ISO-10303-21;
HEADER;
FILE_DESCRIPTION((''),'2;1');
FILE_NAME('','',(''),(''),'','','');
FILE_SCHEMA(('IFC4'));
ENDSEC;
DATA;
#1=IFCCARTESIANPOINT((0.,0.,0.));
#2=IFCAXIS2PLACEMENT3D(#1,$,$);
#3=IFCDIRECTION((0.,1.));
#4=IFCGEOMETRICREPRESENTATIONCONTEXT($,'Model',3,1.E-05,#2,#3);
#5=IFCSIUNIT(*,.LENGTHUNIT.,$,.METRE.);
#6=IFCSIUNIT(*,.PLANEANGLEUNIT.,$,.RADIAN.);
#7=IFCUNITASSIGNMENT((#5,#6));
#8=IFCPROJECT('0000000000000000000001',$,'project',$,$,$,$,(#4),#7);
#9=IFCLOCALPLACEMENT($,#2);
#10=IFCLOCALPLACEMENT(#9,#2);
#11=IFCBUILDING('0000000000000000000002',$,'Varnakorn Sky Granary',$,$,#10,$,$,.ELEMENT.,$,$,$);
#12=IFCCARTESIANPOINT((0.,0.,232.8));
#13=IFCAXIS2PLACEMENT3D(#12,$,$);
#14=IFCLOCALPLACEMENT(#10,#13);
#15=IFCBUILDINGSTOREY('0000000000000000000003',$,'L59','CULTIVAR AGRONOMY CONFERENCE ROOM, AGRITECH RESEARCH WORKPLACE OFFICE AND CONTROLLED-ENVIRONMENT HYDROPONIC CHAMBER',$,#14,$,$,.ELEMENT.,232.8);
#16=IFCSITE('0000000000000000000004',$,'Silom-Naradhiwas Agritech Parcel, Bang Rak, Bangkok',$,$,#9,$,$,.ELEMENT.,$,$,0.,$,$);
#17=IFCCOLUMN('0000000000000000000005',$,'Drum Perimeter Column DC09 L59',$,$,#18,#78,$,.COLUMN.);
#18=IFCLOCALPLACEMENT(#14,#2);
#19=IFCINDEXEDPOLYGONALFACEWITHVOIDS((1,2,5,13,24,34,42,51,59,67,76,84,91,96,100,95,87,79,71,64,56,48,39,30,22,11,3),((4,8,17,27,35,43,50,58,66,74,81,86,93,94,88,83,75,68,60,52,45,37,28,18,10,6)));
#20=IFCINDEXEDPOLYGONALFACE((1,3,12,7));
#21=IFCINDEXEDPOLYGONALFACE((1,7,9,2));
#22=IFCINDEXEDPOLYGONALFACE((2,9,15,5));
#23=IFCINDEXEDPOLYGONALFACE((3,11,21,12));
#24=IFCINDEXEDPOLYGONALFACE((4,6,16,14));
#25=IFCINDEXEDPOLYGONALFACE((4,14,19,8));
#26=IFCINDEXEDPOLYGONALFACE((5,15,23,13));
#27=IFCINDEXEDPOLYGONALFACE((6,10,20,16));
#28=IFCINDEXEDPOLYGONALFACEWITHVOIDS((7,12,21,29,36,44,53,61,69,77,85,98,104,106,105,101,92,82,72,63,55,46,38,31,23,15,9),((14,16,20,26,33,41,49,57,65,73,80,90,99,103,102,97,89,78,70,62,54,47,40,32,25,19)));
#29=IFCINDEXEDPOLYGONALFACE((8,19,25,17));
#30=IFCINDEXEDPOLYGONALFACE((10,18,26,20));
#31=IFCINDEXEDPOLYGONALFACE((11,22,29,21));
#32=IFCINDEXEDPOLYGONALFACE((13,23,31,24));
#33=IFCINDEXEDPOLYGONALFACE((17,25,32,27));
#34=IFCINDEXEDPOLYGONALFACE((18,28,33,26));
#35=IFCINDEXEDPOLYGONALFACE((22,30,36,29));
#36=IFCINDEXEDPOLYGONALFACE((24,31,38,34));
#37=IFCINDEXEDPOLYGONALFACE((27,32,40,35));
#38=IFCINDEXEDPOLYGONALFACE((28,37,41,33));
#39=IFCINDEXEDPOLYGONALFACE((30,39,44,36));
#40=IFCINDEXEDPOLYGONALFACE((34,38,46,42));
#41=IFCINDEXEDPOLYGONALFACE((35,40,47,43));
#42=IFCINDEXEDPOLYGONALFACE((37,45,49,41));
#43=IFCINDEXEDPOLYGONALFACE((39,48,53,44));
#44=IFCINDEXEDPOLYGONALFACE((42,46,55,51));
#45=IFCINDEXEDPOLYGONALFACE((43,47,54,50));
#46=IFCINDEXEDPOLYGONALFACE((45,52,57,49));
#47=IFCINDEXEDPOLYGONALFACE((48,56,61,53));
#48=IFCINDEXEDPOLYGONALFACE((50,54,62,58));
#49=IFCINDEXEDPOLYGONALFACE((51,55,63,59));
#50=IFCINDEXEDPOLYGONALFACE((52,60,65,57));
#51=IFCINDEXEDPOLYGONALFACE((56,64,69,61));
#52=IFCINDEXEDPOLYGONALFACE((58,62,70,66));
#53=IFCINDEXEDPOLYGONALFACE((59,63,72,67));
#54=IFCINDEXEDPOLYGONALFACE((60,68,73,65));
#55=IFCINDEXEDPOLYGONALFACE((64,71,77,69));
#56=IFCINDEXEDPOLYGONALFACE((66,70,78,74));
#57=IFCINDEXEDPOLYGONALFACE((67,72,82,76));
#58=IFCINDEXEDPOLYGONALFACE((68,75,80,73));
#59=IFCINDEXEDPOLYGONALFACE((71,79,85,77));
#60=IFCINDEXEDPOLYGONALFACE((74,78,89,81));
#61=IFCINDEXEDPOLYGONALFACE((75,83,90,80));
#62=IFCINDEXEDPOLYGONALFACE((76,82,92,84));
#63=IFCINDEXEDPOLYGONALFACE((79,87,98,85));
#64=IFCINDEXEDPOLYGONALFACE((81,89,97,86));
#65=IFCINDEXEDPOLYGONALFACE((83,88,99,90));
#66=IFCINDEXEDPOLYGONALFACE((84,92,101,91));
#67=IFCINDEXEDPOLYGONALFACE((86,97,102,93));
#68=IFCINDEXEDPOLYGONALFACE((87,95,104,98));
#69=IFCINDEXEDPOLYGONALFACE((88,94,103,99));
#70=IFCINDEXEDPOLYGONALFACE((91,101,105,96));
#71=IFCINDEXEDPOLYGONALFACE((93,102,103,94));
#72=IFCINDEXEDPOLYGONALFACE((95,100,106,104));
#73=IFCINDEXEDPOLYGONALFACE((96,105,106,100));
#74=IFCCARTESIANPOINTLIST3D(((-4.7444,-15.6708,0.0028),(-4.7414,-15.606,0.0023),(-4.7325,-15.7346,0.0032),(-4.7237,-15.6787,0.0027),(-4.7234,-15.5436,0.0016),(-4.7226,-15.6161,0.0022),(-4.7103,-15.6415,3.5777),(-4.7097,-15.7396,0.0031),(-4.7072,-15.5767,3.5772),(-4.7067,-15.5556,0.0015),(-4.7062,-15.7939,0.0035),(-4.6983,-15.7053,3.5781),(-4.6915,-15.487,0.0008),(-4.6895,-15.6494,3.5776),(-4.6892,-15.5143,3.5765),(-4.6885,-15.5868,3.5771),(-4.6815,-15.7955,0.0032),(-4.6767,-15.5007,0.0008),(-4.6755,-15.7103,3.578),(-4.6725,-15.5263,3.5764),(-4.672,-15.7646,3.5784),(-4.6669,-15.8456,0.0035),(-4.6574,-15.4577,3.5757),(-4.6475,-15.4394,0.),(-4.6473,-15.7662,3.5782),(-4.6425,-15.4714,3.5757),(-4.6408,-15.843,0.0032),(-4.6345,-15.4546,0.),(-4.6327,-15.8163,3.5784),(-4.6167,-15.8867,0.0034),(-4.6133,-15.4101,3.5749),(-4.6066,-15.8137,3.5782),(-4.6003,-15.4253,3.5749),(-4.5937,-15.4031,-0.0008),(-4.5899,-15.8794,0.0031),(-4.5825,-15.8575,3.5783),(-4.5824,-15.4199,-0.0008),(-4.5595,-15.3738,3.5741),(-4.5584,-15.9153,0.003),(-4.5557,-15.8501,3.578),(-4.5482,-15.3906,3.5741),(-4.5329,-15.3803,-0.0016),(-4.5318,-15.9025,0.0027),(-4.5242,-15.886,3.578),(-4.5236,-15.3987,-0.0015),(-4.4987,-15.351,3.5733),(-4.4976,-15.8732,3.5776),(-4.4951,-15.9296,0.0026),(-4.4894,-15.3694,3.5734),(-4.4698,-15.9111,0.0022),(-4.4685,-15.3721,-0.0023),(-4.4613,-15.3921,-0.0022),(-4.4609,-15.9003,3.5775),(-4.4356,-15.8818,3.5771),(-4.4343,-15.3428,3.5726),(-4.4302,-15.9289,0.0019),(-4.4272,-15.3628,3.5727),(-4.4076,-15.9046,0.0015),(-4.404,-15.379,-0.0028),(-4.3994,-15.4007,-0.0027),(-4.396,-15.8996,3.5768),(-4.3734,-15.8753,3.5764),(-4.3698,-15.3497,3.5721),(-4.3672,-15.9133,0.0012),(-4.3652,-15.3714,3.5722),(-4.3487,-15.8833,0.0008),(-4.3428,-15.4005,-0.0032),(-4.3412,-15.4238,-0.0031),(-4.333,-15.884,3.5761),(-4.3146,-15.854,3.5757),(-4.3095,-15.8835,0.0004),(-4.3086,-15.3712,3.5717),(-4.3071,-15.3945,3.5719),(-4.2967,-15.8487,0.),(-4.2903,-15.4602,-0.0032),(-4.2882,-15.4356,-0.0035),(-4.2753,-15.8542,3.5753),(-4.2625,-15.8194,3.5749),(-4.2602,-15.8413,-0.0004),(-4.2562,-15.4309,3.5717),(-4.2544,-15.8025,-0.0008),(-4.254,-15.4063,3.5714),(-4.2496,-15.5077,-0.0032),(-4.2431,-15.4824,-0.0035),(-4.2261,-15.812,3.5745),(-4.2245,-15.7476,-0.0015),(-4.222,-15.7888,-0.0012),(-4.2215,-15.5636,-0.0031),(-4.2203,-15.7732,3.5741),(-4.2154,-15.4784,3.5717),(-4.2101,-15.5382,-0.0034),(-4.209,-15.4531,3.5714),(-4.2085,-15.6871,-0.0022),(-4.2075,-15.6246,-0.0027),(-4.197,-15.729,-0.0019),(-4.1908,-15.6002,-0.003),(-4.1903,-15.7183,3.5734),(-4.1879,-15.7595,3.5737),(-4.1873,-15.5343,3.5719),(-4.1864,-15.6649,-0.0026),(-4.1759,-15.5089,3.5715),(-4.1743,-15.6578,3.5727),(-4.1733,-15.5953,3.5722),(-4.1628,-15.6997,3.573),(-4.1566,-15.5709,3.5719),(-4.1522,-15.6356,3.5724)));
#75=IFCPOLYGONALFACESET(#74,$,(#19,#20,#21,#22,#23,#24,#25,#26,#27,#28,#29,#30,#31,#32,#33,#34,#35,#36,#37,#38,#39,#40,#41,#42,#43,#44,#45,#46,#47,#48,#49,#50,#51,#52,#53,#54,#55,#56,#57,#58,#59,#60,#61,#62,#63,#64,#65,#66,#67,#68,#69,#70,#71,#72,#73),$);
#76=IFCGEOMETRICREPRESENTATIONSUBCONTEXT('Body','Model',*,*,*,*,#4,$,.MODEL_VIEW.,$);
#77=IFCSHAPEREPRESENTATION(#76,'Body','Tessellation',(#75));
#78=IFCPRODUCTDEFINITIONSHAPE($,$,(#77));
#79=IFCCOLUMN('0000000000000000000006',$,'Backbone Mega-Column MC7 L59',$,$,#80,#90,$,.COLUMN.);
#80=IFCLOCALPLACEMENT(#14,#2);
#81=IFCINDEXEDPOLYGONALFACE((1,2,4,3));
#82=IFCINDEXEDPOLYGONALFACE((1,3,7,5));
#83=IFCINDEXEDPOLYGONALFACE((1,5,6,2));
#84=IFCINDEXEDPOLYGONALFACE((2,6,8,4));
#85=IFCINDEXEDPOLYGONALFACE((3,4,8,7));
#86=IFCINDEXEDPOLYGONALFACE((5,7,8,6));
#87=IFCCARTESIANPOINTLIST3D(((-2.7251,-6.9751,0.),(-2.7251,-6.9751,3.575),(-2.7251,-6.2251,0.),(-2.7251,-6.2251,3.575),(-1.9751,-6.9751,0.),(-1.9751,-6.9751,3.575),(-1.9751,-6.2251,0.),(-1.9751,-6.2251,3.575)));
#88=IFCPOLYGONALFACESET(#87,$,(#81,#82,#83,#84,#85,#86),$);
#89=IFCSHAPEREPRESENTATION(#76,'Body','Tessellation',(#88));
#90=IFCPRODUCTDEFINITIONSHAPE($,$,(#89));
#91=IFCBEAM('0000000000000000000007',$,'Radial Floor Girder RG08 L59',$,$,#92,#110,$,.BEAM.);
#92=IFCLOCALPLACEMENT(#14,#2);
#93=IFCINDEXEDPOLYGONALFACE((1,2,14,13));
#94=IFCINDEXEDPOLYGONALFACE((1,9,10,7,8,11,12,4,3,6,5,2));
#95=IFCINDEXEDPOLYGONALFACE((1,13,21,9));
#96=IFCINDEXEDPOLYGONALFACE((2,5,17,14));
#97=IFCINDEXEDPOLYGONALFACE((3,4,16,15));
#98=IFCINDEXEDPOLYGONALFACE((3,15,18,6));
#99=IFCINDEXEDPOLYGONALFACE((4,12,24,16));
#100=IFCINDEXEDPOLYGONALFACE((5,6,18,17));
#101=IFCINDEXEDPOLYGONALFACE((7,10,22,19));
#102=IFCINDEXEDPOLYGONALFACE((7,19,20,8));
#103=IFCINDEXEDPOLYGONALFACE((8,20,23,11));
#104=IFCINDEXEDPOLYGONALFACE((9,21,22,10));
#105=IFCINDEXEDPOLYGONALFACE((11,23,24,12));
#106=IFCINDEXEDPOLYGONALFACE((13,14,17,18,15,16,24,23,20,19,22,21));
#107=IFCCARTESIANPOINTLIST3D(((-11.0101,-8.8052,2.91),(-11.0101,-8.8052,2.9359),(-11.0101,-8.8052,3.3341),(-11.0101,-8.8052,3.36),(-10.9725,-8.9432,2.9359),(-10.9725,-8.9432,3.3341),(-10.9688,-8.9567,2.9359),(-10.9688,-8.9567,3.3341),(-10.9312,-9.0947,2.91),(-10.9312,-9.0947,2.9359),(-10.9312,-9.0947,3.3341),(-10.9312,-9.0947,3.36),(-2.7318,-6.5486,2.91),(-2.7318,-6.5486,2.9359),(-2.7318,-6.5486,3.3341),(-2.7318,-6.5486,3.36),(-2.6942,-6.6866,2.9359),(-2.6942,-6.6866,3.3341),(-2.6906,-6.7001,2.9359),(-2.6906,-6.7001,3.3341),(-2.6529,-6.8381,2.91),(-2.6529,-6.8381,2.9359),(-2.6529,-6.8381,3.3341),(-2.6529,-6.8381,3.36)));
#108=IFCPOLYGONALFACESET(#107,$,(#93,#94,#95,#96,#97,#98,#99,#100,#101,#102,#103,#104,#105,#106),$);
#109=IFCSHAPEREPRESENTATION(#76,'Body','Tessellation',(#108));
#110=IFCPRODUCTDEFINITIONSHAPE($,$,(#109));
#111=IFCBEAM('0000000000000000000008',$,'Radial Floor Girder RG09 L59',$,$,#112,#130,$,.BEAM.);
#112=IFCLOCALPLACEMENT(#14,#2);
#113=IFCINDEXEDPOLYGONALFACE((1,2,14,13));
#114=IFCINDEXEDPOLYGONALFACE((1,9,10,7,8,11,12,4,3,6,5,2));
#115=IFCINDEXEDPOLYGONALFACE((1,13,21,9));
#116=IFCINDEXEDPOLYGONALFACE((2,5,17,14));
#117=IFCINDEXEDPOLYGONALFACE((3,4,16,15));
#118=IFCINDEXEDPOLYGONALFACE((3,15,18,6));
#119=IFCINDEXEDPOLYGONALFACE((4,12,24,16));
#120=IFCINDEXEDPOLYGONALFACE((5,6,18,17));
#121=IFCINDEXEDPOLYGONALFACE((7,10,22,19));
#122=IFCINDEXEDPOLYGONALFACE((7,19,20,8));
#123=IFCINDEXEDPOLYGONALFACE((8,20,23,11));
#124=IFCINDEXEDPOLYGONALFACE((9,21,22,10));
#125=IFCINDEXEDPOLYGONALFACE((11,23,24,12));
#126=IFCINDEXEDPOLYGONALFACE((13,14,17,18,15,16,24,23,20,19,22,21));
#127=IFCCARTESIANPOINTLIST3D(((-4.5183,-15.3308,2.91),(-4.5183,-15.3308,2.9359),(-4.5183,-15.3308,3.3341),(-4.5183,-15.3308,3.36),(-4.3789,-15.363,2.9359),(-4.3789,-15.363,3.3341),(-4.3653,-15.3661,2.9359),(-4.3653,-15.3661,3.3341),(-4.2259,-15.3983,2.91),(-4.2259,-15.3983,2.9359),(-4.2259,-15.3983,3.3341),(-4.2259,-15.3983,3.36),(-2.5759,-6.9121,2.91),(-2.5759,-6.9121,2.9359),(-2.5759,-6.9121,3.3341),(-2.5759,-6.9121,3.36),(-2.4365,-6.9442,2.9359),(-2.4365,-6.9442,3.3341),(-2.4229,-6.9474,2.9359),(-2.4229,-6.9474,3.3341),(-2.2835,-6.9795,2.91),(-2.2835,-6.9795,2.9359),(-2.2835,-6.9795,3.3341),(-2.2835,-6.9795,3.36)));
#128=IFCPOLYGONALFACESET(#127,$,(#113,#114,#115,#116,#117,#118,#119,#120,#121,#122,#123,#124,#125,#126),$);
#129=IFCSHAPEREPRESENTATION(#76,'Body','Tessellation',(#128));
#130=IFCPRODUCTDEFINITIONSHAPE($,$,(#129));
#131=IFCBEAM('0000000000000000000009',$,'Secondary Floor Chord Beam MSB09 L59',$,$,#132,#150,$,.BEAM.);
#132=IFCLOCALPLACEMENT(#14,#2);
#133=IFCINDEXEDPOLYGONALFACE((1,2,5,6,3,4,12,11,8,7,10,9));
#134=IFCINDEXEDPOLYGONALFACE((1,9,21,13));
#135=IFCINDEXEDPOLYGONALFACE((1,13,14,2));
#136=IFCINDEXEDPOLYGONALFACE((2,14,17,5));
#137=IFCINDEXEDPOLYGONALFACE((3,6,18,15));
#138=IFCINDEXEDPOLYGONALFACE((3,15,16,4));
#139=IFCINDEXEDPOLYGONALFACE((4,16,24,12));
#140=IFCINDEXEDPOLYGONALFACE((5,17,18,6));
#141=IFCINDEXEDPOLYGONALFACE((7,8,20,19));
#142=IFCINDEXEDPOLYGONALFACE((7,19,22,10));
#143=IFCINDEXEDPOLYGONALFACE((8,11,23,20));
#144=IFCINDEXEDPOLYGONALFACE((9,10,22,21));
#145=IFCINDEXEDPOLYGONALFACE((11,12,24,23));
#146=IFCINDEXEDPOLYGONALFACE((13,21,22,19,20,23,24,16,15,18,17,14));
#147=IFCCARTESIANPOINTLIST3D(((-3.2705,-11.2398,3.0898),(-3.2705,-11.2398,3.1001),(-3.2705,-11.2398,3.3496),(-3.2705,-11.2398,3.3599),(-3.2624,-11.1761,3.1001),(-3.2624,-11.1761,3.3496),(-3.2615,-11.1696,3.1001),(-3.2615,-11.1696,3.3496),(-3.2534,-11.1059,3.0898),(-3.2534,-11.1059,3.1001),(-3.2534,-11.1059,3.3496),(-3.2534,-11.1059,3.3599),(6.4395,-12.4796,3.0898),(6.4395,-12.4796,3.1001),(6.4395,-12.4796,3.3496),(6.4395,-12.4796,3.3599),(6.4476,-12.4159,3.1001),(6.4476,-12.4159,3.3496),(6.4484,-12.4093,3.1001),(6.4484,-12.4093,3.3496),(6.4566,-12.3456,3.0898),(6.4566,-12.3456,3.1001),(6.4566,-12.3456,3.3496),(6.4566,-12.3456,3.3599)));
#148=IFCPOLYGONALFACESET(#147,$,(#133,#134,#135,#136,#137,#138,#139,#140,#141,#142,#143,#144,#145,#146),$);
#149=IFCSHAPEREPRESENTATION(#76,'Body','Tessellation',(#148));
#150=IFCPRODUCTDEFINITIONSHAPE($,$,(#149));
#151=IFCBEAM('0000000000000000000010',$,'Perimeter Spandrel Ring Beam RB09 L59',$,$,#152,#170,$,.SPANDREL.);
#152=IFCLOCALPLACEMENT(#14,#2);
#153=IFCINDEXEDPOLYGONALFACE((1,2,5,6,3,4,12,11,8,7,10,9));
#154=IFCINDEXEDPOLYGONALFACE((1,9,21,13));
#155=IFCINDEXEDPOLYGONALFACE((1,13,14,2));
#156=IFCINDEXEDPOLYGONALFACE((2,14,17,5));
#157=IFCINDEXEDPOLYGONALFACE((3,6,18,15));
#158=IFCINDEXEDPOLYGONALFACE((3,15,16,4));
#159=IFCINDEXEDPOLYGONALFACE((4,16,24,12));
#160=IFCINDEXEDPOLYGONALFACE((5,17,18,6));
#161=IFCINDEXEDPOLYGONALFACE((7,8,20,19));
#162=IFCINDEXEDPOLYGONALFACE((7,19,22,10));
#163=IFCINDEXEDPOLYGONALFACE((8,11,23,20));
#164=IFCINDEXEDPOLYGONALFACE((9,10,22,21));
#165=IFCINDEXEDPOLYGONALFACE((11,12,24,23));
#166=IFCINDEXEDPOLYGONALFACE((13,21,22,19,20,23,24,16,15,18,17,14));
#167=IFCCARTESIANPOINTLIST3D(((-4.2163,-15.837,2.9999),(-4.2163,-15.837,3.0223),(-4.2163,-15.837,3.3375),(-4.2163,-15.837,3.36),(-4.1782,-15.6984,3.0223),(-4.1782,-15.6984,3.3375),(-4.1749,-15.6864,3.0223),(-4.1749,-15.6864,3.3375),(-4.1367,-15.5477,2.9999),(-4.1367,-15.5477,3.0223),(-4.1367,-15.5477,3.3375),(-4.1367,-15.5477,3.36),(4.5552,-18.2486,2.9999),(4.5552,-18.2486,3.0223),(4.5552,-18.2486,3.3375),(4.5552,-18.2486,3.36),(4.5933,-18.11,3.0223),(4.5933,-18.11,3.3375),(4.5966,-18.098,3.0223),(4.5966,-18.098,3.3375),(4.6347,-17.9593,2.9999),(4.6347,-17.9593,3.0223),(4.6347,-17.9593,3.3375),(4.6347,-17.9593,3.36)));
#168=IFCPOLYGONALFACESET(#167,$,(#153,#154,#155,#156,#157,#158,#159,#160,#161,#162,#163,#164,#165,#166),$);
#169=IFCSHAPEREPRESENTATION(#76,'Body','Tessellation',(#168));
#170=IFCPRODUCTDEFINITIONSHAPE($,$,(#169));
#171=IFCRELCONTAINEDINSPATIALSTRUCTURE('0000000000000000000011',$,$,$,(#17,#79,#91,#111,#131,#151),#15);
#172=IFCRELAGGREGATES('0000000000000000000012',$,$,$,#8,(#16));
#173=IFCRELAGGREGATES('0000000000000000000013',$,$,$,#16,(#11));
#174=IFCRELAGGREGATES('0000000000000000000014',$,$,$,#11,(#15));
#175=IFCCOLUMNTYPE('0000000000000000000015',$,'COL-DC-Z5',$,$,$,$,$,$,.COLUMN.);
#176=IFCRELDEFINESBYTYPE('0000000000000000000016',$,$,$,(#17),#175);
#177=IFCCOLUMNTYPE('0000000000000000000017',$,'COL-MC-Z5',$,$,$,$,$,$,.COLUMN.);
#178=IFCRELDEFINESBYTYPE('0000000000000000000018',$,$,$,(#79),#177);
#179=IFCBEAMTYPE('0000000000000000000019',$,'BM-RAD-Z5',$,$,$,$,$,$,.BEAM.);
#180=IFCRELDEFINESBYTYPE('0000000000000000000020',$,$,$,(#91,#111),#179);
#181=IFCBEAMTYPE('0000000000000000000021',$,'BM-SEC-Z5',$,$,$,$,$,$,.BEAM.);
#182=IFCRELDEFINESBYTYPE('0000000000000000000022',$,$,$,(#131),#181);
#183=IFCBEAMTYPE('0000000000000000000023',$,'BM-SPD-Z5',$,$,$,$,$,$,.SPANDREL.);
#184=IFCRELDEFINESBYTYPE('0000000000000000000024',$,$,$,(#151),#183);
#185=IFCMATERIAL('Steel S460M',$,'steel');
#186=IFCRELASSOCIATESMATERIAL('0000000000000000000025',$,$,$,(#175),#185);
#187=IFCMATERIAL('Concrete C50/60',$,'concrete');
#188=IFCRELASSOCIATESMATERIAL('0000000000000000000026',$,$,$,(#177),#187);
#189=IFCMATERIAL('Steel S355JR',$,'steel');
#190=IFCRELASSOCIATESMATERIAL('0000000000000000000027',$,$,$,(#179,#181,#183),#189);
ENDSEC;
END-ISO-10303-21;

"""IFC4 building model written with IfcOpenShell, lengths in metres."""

from ifc_helpers import new_model, si_unit, direction, frame, origin, origin_2d, place, context, subcontext, project, spatial, rectangle, hollow_circle, i_section, extrude, material, material_profile, profile_set, type_object, element, save


model = new_model("IFC4")

# Units and contexts
model_context = context("Model", 3, precision=1e-05, world=origin(), true_north=direction((0.0, 1.0)))
body_context = subcontext(model_context, "Body", "Model", "MODEL_VIEW")
ifc_project = project(units=[si_unit("LENGTHUNIT", "METRE"), si_unit("PLANEANGLEUNIT", "RADIAN")], contexts=[model_context])

# Site, building, storey
site_placement = place(None, origin())
site = spatial("IfcSite", under=ifc_project, at=site_placement, Name="Silom-Naradhiwas Agritech Parcel, Bang Rak, Bangkok", CompositionType="ELEMENT", RefElevation=0.0)
building_placement = place(site_placement, origin())
building = spatial("IfcBuilding", under=site, at=building_placement, Name="Varnakorn Sky Granary", CompositionType="ELEMENT")
storey_placement = place(building_placement, frame((0.0, 0.0, 232.8)))
storey = spatial("IfcBuildingStorey", under=building, at=storey_placement, Name="L59", Description="CULTIVAR AGRONOMY CONFERENCE ROOM, AGRITECH RESEARCH WORKPLACE OFFICE AND CONTROLLED-ENVIRONMENT HYDROPONIC CHAMBER", CompositionType="ELEMENT", Elevation=232.8)

# Columns
ifc_material_1 = material(Name="Steel S460M", Category="steel")
ifc_material_profile_1 = material_profile(ifc_material_1, hollow_circle(Radius=0.2795, WallThickness=0.02, at=origin_2d()), Name="CHS 559x20")
ifc_profile_set_1 = profile_set([ifc_material_profile_1], Name="Steel S460M")
column_type_1 = type_object("IfcColumnType", Name="COL-DC-Z5", PredefinedType="COLUMN", material=ifc_profile_set_1)
column_1_placement = place(storey_placement, frame((-4.4656, -15.6516, 0.0), z_axis=(0.00956, 0.008194, 0.999921), x_axis=(-0.650791, 0.759257, 0.0)))
element("IfcColumn", 1, at=column_1_placement, inside=storey, type_object=column_type_1, Name="Drum Perimeter Column DC09 L59", PredefinedType="COLUMN", context=body_context, shape_type="SweptSolid", body=[
    extrude(hollow_circle(Radius=0.2795, WallThickness=0.02, at=origin_2d()), origin(), (0.0, 0.0, 1.0), 3.5752),
])
ifc_material_2 = material(Name="Concrete C50/60", Category="concrete")
ifc_material_profile_2 = material_profile(ifc_material_2, rectangle(XDim=0.75, YDim=0.75, at=origin_2d()), Name="RC 750x750")
ifc_profile_set_2 = profile_set([ifc_material_profile_2], Name="Concrete C50/60")
column_type_2 = type_object("IfcColumnType", Name="COL-MC-Z5", PredefinedType="COLUMN", material=ifc_profile_set_2)
column_2_placement = place(storey_placement, frame((-2.3501, -6.6001, 0.0), z_axis=(0.0, 0.0, 1.0), x_axis=(1.0, 0.0, 0.0)))
element("IfcColumn", 2, at=column_2_placement, inside=storey, type_object=column_type_2, Name="Backbone Mega-Column MC7 L59", PredefinedType="COLUMN", context=body_context, shape_type="SweptSolid", body=[
    extrude(rectangle(XDim=0.75, YDim=0.75, at=origin_2d()), origin(), (0.0, 0.0, 1.0), 3.575),
])

# Beams
ifc_material_3 = material(Name="Steel S355JR", Category="steel")
ifc_material_profile_3 = material_profile(ifc_material_3, i_section(OverallWidth=0.3, OverallDepth=0.45, WebThickness=0.0139, FlangeThickness=0.0259, at=origin_2d()), Name="HE 450 B")
ifc_profile_set_3 = profile_set([ifc_material_profile_3], Name="Steel S355JR")
beam_type_1 = type_object("IfcBeamType", Name="BM-RAD-Z5", PredefinedType="BEAM", material=ifc_profile_set_3)
beam_1_placement = place(storey_placement, frame((-2.6924, -6.6934, 3.135), z_axis=(-0.964797, -0.262995, 0.0), x_axis=(0.262995, -0.964797, 0.0)))
element("IfcBeam", 3, at=beam_1_placement, inside=storey, type_object=beam_type_1, Name="Radial Floor Girder RG08 L59", PredefinedType="BEAM", context=body_context, shape_type="SweptSolid", body=[
    extrude(i_section(OverallWidth=0.3, OverallDepth=0.45, WebThickness=0.0139, FlangeThickness=0.0259, at=origin_2d()), origin(), (0.0, 0.0, 1.0), 8.5803),
])
beam_2_placement = place(storey_placement, frame((-2.4297, -6.9458, 3.135), z_axis=(-0.224816, -0.974401, 0.0), x_axis=(0.974401, -0.224816, 0.0)))
element("IfcBeam", 4, at=beam_2_placement, inside=storey, type_object=beam_type_1, Name="Radial Floor Girder RG09 L59", PredefinedType="BEAM", context=body_context, shape_type="SweptSolid", body=[
    extrude(i_section(OverallWidth=0.3, OverallDepth=0.45, WebThickness=0.0139, FlangeThickness=0.0259, at=origin_2d()), origin(), (0.0, 0.0, 1.0), 8.6399),
])
ifc_material_profile_4 = material_profile(ifc_material_3, i_section(OverallWidth=0.135, OverallDepth=0.27, WebThickness=0.0066, FlangeThickness=0.0103, at=origin_2d()), Name="IPE 270")
ifc_profile_set_4 = profile_set([ifc_material_profile_4], Name="Steel S355JR")
beam_type_2 = type_object("IfcBeamType", Name="BM-SEC-Z5", PredefinedType="BEAM", material=ifc_profile_set_4)
beam_3_placement = place(storey_placement, frame((-3.262, -11.1729, 3.2249), z_axis=(0.991948, -0.12665, 0.0), x_axis=(0.12665, 0.991948, 0.0)))
element("IfcBeam", 5, at=beam_3_placement, inside=storey, type_object=beam_type_2, Name="Secondary Floor Chord Beam MSB09 L59", PredefinedType="BEAM", context=body_context, shape_type="SweptSolid", body=[
    extrude(i_section(OverallWidth=0.135, OverallDepth=0.27, WebThickness=0.0066, FlangeThickness=0.0103, at=origin_2d()), origin(), (0.0, 0.0, 1.0), 9.7888),
])
ifc_material_profile_5 = material_profile(ifc_material_3, i_section(OverallWidth=0.3, OverallDepth=0.3601, WebThickness=0.0125, FlangeThickness=0.0225, at=origin_2d()), Name="HE 360 B")
ifc_profile_set_5 = profile_set([ifc_material_profile_5], Name="Steel S355JR")
beam_type_3 = type_object("IfcBeamType", Name="BM-SPD-Z5", PredefinedType="SPANDREL", material=ifc_profile_set_5)
beam_4_placement = place(storey_placement, frame((-4.1765, -15.6924, 3.1799), z_axis=(0.96422, -0.265102, 0.0), x_axis=(0.265102, 0.96422, 0.0)))
element("IfcBeam", 6, at=beam_4_placement, inside=storey, type_object=beam_type_3, Name="Perimeter Spandrel Ring Beam RB09 L59", PredefinedType="SPANDREL", context=body_context, shape_type="SweptSolid", body=[
    extrude(i_section(OverallWidth=0.3, OverallDepth=0.3601, WebThickness=0.0125, FlangeThickness=0.0225, at=origin_2d()), origin(), (0.0, 0.0, 1.0), 9.0969),
])

save(model, "model.ifc")
